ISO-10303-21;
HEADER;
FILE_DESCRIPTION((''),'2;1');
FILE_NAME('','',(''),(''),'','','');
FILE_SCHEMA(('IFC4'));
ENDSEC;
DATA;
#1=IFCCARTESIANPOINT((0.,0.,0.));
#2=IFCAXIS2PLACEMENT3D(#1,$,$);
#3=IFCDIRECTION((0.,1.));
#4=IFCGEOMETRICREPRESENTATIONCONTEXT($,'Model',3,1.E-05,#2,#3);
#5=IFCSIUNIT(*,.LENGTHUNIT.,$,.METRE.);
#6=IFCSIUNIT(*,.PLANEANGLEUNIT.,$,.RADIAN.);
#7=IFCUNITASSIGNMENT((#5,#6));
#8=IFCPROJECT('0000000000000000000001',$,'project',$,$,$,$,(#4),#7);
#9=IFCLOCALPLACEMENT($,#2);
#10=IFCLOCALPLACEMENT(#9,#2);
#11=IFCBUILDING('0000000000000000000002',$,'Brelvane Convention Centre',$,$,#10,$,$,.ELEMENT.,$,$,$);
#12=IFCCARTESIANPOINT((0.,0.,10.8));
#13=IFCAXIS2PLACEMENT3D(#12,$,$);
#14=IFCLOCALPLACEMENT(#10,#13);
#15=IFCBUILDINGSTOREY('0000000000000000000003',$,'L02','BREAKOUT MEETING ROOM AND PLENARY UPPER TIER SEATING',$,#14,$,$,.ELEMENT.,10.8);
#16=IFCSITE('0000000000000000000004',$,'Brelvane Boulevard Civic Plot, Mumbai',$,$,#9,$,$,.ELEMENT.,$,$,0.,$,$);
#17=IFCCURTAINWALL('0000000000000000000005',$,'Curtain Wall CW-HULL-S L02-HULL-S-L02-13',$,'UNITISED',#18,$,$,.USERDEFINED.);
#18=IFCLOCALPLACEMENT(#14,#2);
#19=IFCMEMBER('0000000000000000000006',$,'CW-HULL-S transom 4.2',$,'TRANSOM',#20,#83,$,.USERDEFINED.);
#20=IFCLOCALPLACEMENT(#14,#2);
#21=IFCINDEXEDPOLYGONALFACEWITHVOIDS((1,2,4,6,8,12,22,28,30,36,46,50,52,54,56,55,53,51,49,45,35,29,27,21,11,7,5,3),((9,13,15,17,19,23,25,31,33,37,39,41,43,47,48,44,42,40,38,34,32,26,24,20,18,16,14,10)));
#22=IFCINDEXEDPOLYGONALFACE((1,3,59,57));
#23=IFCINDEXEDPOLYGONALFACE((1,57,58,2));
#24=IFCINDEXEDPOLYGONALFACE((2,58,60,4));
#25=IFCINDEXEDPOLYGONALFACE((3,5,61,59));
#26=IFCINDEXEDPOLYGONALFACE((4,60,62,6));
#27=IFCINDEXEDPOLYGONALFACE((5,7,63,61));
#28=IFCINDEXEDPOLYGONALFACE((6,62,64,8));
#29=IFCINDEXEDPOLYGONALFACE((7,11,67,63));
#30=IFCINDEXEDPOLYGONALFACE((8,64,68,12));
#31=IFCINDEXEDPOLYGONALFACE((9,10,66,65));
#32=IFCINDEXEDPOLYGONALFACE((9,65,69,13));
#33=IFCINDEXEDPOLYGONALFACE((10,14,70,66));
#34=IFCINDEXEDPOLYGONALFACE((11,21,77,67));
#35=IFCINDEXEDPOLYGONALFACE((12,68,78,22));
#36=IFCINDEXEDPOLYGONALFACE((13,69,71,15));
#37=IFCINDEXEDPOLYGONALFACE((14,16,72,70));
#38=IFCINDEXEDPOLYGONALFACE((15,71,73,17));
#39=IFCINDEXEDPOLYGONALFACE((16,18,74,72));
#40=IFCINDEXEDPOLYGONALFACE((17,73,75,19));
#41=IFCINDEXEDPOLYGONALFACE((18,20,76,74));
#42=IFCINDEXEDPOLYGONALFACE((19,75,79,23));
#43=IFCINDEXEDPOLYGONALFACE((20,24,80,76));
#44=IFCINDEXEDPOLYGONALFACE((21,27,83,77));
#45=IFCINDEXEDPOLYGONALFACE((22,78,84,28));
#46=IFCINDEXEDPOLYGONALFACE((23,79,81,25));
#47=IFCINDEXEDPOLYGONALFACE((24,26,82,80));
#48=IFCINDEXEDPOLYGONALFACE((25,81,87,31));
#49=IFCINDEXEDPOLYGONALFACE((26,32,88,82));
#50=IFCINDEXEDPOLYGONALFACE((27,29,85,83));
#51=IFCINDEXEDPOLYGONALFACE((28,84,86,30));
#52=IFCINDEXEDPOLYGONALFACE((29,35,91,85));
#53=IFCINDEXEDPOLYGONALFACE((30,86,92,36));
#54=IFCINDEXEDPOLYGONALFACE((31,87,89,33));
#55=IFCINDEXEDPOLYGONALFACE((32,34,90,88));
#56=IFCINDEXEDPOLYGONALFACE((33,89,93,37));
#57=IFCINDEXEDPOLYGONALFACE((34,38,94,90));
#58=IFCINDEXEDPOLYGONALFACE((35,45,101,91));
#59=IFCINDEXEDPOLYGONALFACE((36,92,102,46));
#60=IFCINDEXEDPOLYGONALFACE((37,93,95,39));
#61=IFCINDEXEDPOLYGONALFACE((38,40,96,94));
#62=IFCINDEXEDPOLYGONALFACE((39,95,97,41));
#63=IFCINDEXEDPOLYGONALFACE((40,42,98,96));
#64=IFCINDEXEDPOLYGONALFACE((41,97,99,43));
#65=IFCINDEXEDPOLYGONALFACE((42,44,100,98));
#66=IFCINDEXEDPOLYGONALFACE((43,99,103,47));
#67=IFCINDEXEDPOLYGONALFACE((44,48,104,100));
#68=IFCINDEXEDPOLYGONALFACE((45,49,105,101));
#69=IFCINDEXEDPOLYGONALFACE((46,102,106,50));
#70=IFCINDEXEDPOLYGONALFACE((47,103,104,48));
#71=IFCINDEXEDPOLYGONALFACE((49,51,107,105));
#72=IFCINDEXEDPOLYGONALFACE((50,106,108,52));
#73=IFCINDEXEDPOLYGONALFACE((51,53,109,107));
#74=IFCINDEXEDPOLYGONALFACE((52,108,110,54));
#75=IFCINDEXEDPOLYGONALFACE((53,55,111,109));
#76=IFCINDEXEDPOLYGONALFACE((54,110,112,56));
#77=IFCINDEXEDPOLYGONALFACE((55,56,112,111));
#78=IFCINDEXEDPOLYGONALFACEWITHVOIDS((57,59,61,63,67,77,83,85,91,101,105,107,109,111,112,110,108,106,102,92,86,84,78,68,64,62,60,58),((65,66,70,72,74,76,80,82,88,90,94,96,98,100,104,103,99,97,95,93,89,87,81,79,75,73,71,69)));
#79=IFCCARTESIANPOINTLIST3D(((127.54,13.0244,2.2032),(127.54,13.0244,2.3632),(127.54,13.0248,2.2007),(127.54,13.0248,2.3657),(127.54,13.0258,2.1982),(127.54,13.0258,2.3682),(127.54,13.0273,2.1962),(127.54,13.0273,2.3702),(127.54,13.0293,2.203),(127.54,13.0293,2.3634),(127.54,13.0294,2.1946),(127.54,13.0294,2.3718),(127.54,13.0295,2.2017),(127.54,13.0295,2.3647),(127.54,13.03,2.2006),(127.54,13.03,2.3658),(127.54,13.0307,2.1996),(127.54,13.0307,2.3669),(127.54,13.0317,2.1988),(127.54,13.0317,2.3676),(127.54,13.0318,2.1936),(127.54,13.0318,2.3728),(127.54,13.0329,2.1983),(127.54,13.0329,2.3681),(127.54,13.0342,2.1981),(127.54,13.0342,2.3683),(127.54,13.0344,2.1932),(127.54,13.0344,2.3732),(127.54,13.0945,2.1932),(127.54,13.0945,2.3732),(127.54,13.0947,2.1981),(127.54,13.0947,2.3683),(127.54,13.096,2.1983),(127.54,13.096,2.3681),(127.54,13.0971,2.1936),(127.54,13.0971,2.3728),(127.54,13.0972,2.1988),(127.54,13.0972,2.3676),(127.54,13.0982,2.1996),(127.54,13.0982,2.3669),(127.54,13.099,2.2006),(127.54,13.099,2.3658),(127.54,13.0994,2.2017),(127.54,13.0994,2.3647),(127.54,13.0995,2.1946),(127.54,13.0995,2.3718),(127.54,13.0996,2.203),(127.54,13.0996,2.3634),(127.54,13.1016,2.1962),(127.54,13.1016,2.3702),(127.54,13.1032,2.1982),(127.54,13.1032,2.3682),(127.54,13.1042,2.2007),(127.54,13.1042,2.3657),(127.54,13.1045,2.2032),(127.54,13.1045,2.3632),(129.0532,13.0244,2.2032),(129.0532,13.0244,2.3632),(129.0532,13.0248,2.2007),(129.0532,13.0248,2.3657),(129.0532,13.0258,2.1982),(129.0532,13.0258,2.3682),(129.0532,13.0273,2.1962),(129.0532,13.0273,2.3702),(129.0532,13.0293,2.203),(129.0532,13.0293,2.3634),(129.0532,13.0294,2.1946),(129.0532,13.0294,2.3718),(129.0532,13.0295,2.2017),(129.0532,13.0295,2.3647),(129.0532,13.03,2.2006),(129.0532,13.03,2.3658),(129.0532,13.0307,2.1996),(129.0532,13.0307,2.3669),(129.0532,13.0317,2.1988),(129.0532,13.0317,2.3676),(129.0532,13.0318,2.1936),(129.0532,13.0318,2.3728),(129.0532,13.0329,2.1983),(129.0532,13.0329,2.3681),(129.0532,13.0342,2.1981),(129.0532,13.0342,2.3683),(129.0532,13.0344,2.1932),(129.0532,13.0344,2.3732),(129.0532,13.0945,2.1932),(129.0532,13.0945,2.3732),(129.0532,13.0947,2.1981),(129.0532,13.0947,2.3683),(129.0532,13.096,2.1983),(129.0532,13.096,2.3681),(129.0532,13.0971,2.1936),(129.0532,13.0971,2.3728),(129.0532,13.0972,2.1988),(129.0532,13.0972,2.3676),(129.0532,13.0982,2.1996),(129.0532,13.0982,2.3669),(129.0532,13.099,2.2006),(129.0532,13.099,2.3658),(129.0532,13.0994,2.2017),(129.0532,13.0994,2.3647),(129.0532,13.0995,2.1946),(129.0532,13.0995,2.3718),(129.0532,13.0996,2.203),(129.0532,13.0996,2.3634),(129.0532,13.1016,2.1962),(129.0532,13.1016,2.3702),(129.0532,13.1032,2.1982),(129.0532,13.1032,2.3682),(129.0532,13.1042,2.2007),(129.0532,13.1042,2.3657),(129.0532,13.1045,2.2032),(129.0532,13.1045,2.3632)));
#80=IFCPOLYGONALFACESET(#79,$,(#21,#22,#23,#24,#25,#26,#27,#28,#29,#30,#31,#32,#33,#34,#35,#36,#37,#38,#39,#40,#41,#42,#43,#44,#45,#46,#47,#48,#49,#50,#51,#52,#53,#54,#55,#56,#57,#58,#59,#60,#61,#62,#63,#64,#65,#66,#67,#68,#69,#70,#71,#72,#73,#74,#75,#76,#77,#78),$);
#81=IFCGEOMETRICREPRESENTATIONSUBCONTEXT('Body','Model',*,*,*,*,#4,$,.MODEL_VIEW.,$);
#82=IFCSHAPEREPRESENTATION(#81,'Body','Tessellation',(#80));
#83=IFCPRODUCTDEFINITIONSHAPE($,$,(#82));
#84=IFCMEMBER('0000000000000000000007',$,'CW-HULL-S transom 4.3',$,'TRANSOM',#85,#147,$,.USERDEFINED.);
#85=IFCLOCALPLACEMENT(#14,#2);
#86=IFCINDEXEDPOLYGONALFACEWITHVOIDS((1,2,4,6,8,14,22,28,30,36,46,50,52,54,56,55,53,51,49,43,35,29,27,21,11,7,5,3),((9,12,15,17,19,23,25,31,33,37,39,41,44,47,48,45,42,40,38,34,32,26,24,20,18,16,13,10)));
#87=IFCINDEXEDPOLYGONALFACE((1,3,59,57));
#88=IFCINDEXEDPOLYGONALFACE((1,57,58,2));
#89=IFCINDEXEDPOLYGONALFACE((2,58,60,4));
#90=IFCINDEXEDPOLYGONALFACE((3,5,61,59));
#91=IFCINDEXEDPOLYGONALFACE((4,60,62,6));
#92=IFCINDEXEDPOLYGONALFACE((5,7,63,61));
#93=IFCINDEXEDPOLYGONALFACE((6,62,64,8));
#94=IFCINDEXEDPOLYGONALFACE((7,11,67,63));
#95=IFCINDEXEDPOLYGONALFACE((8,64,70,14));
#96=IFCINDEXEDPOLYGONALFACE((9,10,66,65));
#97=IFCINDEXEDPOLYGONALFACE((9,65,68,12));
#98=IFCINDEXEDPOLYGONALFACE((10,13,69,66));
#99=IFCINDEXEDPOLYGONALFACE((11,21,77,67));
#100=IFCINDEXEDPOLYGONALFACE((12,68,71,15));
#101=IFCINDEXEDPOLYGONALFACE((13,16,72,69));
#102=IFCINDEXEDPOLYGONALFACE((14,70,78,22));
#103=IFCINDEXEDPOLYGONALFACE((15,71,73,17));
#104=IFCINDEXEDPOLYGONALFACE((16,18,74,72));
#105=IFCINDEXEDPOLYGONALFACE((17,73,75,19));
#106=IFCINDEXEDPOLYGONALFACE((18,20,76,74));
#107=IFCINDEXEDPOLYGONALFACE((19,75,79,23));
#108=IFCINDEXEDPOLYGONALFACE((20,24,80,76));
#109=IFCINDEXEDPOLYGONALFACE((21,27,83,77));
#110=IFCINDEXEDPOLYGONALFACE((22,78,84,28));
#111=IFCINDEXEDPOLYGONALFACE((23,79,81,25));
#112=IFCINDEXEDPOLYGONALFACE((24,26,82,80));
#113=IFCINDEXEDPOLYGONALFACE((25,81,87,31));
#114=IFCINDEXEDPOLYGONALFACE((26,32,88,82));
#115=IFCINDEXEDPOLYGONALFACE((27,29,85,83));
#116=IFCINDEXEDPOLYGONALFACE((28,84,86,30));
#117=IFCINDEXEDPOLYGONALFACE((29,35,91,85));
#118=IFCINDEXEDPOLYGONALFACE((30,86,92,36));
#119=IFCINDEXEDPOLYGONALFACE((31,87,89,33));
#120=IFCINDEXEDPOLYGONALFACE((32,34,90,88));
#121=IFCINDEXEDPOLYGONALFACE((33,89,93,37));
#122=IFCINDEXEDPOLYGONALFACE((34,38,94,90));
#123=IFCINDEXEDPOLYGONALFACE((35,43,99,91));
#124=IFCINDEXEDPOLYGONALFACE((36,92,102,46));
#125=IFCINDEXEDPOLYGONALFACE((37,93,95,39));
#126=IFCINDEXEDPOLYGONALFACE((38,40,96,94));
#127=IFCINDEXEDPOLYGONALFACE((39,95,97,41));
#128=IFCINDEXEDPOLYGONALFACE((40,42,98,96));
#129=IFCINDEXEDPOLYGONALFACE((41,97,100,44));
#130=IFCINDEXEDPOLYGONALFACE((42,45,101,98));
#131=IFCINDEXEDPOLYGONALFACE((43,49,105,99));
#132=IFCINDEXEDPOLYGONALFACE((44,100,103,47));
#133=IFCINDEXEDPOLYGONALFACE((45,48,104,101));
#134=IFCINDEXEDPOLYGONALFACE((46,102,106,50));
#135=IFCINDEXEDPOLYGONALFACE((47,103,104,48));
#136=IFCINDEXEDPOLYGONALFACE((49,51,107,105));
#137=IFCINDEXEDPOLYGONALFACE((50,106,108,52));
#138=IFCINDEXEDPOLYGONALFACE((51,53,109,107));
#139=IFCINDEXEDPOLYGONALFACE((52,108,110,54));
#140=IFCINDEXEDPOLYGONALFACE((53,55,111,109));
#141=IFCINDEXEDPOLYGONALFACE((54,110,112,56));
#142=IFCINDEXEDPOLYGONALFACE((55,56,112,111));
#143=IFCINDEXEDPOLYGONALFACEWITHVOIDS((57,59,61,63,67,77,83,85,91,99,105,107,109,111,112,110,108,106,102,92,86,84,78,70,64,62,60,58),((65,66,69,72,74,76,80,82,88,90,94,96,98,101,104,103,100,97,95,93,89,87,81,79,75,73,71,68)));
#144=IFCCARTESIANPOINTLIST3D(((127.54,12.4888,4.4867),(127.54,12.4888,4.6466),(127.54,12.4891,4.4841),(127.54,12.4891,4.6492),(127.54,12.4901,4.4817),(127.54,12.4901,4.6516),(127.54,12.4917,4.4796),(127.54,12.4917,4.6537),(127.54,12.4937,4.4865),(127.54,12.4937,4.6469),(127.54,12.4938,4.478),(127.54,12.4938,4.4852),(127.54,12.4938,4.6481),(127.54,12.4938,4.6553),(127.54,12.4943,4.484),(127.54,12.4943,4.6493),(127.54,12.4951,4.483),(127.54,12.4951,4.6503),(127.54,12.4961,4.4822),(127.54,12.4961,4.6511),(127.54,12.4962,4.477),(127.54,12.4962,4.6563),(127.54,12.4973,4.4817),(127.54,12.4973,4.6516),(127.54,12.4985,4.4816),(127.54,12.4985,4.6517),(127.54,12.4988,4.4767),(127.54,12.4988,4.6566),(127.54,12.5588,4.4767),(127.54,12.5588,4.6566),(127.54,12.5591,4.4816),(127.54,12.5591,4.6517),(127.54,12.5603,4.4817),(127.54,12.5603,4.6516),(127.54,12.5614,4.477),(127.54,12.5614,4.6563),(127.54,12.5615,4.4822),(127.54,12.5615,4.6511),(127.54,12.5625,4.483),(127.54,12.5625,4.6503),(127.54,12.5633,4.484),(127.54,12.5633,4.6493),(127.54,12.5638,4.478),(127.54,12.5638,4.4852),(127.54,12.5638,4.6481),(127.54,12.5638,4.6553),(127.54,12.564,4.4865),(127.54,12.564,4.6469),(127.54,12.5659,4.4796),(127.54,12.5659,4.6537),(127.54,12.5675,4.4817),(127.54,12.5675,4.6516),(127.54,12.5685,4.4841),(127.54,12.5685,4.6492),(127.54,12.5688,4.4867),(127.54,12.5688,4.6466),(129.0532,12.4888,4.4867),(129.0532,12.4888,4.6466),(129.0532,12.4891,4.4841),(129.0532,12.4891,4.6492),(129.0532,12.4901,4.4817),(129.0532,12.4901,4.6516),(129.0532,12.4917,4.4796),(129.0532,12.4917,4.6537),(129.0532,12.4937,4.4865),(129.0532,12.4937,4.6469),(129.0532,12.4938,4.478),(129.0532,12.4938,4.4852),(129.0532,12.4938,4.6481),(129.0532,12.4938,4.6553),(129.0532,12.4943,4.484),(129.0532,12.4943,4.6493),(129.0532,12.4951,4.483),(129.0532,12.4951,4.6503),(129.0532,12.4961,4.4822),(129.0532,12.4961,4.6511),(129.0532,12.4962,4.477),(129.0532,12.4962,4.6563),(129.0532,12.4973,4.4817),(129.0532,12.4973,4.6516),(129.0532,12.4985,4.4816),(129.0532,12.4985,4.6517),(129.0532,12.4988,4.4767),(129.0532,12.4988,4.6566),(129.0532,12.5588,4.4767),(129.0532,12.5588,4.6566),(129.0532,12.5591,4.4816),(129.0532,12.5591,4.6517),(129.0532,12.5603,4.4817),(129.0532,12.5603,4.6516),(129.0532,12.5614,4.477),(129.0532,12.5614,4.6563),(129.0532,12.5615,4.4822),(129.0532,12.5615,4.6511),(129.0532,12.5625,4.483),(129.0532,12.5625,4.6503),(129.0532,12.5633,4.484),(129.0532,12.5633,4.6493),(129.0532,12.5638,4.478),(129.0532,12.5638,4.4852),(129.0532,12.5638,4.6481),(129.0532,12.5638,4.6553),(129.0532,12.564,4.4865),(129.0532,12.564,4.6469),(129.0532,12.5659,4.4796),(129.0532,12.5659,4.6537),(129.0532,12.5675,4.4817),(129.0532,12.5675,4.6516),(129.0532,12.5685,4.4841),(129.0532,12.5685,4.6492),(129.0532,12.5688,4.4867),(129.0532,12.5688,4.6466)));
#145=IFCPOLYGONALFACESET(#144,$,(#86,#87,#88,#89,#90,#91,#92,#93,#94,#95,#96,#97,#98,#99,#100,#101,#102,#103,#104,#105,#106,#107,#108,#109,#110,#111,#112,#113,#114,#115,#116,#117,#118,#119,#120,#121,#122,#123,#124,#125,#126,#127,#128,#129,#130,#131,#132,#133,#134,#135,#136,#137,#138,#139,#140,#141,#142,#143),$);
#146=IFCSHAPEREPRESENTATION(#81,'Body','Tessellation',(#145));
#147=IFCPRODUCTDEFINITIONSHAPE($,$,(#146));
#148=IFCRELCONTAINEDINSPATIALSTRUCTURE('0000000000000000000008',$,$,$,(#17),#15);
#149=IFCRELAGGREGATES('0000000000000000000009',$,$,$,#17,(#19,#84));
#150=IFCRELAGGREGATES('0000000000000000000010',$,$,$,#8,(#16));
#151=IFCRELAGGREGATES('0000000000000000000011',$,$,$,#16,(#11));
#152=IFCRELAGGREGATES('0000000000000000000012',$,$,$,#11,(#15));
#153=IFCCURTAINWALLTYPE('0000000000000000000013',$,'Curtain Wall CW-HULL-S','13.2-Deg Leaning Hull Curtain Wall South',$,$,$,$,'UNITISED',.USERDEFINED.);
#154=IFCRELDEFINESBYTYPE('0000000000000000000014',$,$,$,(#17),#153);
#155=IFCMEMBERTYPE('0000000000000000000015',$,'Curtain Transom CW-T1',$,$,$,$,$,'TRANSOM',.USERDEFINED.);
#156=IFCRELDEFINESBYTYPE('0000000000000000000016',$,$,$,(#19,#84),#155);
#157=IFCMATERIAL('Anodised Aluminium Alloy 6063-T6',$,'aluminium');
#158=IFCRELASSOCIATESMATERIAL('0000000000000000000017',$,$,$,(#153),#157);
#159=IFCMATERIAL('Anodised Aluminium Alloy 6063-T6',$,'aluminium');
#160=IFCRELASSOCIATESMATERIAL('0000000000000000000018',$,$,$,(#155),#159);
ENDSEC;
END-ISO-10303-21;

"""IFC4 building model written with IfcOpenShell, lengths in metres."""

from ifc_helpers import new_model, si_unit, direction, frame, origin, origin_2d, place, context, subcontext, project, spatial, hollow_rectangle, extrude, material, material_profile, profile_set, type_object, element, aggregate, save


model = new_model("IFC4")

# Units and contexts
model_context = context("Model", 3, precision=1e-05, world=origin(), true_north=direction((0.0, 1.0)))
body_context = subcontext(model_context, "Body", "Model", "MODEL_VIEW")
ifc_project = project(units=[si_unit("LENGTHUNIT", "METRE"), si_unit("PLANEANGLEUNIT", "RADIAN")], contexts=[model_context])

# Site, building, storey
site_placement = place(None, origin())
site = spatial("IfcSite", under=ifc_project, at=site_placement, Name="Brelvane Boulevard Civic Plot, Mumbai", CompositionType="ELEMENT", RefElevation=0.0)
building_placement = place(site_placement, origin())
building = spatial("IfcBuilding", under=site, at=building_placement, Name="Brelvane Convention Centre", CompositionType="ELEMENT")
storey_placement = place(building_placement, frame((0.0, 0.0, 10.8)))
storey = spatial("IfcBuildingStorey", under=building, at=storey_placement, Name="L02", Description="BREAKOUT MEETING ROOM AND PLENARY UPPER TIER SEATING", CompositionType="ELEMENT", Elevation=10.8)

# Curtain wall, members
ifc_material_1 = material(Name="Anodised Aluminium Alloy 6063-T6", Category="aluminium")
curtain_wall_type = type_object("IfcCurtainWallType", Name="Curtain Wall CW-HULL-S", Description="13.2-Deg Leaning Hull Curtain Wall South", ElementType="UNITISED", PredefinedType="USERDEFINED", material=ifc_material_1)
curtain_wall_1_placement = place(storey_placement, origin())
curtain_wall_1 = element("IfcCurtainWall", 1, at=curtain_wall_1_placement, inside=storey, type_object=curtain_wall_type, Name="Curtain Wall CW-HULL-S L02-HULL-S-L02-13", ObjectType="UNITISED", PredefinedType="USERDEFINED")
ifc_material_2 = material(Name="Anodised Aluminium Alloy 6063-T6", Category="aluminium")
ifc_material_profile = material_profile(ifc_material_2, hollow_rectangle(XDim=0.0801, YDim=0.1799, WallThickness=0.0049, InnerFilletRadius=0.0049, OuterFilletRadius=0.01, at=origin_2d()), Name="ALU-T 180x80x5.0")
ifc_profile_set = profile_set([ifc_material_profile], Name="Anodised Aluminium Alloy 6063-T6")
member_type = type_object("IfcMemberType", Name="Curtain Transom CW-T1", ElementType="TRANSOM", PredefinedType="USERDEFINED", material=ifc_profile_set)
member_1_placement = place(storey_placement, frame((127.54, 13.0645, 2.2832), z_axis=(1.0, 0.0, 0.0), x_axis=(0.0, 1.0, 0.0)))
member_1 = element("IfcMember", 2, at=member_1_placement, type_object=member_type, Name="CW-HULL-S transom 4.2", ObjectType="TRANSOM", PredefinedType="USERDEFINED", context=body_context, shape_type="SweptSolid", body=[
    extrude(hollow_rectangle(XDim=0.0801, YDim=0.1799, WallThickness=0.0049, InnerFilletRadius=0.0049, OuterFilletRadius=0.01, at=origin_2d()), origin(), (0.0, 0.0, 1.0), 1.5132),
])
member_2_placement = place(storey_placement, frame((127.54, 12.5288, 4.5667), z_axis=(1.0, 0.0, 0.0), x_axis=(0.0, 1.0, 0.0)))
member_2 = element("IfcMember", 3, at=member_2_placement, type_object=member_type, Name="CW-HULL-S transom 4.3", ObjectType="TRANSOM", PredefinedType="USERDEFINED", context=body_context, shape_type="SweptSolid", body=[
    extrude(hollow_rectangle(XDim=0.0801, YDim=0.1799, WallThickness=0.0049, InnerFilletRadius=0.0049, OuterFilletRadius=0.01, at=origin_2d()), origin(), (0.0, 0.0, 1.0), 1.5132),
])

aggregate(curtain_wall_1, [member_1, member_2])

save(model, "model.ifc")
